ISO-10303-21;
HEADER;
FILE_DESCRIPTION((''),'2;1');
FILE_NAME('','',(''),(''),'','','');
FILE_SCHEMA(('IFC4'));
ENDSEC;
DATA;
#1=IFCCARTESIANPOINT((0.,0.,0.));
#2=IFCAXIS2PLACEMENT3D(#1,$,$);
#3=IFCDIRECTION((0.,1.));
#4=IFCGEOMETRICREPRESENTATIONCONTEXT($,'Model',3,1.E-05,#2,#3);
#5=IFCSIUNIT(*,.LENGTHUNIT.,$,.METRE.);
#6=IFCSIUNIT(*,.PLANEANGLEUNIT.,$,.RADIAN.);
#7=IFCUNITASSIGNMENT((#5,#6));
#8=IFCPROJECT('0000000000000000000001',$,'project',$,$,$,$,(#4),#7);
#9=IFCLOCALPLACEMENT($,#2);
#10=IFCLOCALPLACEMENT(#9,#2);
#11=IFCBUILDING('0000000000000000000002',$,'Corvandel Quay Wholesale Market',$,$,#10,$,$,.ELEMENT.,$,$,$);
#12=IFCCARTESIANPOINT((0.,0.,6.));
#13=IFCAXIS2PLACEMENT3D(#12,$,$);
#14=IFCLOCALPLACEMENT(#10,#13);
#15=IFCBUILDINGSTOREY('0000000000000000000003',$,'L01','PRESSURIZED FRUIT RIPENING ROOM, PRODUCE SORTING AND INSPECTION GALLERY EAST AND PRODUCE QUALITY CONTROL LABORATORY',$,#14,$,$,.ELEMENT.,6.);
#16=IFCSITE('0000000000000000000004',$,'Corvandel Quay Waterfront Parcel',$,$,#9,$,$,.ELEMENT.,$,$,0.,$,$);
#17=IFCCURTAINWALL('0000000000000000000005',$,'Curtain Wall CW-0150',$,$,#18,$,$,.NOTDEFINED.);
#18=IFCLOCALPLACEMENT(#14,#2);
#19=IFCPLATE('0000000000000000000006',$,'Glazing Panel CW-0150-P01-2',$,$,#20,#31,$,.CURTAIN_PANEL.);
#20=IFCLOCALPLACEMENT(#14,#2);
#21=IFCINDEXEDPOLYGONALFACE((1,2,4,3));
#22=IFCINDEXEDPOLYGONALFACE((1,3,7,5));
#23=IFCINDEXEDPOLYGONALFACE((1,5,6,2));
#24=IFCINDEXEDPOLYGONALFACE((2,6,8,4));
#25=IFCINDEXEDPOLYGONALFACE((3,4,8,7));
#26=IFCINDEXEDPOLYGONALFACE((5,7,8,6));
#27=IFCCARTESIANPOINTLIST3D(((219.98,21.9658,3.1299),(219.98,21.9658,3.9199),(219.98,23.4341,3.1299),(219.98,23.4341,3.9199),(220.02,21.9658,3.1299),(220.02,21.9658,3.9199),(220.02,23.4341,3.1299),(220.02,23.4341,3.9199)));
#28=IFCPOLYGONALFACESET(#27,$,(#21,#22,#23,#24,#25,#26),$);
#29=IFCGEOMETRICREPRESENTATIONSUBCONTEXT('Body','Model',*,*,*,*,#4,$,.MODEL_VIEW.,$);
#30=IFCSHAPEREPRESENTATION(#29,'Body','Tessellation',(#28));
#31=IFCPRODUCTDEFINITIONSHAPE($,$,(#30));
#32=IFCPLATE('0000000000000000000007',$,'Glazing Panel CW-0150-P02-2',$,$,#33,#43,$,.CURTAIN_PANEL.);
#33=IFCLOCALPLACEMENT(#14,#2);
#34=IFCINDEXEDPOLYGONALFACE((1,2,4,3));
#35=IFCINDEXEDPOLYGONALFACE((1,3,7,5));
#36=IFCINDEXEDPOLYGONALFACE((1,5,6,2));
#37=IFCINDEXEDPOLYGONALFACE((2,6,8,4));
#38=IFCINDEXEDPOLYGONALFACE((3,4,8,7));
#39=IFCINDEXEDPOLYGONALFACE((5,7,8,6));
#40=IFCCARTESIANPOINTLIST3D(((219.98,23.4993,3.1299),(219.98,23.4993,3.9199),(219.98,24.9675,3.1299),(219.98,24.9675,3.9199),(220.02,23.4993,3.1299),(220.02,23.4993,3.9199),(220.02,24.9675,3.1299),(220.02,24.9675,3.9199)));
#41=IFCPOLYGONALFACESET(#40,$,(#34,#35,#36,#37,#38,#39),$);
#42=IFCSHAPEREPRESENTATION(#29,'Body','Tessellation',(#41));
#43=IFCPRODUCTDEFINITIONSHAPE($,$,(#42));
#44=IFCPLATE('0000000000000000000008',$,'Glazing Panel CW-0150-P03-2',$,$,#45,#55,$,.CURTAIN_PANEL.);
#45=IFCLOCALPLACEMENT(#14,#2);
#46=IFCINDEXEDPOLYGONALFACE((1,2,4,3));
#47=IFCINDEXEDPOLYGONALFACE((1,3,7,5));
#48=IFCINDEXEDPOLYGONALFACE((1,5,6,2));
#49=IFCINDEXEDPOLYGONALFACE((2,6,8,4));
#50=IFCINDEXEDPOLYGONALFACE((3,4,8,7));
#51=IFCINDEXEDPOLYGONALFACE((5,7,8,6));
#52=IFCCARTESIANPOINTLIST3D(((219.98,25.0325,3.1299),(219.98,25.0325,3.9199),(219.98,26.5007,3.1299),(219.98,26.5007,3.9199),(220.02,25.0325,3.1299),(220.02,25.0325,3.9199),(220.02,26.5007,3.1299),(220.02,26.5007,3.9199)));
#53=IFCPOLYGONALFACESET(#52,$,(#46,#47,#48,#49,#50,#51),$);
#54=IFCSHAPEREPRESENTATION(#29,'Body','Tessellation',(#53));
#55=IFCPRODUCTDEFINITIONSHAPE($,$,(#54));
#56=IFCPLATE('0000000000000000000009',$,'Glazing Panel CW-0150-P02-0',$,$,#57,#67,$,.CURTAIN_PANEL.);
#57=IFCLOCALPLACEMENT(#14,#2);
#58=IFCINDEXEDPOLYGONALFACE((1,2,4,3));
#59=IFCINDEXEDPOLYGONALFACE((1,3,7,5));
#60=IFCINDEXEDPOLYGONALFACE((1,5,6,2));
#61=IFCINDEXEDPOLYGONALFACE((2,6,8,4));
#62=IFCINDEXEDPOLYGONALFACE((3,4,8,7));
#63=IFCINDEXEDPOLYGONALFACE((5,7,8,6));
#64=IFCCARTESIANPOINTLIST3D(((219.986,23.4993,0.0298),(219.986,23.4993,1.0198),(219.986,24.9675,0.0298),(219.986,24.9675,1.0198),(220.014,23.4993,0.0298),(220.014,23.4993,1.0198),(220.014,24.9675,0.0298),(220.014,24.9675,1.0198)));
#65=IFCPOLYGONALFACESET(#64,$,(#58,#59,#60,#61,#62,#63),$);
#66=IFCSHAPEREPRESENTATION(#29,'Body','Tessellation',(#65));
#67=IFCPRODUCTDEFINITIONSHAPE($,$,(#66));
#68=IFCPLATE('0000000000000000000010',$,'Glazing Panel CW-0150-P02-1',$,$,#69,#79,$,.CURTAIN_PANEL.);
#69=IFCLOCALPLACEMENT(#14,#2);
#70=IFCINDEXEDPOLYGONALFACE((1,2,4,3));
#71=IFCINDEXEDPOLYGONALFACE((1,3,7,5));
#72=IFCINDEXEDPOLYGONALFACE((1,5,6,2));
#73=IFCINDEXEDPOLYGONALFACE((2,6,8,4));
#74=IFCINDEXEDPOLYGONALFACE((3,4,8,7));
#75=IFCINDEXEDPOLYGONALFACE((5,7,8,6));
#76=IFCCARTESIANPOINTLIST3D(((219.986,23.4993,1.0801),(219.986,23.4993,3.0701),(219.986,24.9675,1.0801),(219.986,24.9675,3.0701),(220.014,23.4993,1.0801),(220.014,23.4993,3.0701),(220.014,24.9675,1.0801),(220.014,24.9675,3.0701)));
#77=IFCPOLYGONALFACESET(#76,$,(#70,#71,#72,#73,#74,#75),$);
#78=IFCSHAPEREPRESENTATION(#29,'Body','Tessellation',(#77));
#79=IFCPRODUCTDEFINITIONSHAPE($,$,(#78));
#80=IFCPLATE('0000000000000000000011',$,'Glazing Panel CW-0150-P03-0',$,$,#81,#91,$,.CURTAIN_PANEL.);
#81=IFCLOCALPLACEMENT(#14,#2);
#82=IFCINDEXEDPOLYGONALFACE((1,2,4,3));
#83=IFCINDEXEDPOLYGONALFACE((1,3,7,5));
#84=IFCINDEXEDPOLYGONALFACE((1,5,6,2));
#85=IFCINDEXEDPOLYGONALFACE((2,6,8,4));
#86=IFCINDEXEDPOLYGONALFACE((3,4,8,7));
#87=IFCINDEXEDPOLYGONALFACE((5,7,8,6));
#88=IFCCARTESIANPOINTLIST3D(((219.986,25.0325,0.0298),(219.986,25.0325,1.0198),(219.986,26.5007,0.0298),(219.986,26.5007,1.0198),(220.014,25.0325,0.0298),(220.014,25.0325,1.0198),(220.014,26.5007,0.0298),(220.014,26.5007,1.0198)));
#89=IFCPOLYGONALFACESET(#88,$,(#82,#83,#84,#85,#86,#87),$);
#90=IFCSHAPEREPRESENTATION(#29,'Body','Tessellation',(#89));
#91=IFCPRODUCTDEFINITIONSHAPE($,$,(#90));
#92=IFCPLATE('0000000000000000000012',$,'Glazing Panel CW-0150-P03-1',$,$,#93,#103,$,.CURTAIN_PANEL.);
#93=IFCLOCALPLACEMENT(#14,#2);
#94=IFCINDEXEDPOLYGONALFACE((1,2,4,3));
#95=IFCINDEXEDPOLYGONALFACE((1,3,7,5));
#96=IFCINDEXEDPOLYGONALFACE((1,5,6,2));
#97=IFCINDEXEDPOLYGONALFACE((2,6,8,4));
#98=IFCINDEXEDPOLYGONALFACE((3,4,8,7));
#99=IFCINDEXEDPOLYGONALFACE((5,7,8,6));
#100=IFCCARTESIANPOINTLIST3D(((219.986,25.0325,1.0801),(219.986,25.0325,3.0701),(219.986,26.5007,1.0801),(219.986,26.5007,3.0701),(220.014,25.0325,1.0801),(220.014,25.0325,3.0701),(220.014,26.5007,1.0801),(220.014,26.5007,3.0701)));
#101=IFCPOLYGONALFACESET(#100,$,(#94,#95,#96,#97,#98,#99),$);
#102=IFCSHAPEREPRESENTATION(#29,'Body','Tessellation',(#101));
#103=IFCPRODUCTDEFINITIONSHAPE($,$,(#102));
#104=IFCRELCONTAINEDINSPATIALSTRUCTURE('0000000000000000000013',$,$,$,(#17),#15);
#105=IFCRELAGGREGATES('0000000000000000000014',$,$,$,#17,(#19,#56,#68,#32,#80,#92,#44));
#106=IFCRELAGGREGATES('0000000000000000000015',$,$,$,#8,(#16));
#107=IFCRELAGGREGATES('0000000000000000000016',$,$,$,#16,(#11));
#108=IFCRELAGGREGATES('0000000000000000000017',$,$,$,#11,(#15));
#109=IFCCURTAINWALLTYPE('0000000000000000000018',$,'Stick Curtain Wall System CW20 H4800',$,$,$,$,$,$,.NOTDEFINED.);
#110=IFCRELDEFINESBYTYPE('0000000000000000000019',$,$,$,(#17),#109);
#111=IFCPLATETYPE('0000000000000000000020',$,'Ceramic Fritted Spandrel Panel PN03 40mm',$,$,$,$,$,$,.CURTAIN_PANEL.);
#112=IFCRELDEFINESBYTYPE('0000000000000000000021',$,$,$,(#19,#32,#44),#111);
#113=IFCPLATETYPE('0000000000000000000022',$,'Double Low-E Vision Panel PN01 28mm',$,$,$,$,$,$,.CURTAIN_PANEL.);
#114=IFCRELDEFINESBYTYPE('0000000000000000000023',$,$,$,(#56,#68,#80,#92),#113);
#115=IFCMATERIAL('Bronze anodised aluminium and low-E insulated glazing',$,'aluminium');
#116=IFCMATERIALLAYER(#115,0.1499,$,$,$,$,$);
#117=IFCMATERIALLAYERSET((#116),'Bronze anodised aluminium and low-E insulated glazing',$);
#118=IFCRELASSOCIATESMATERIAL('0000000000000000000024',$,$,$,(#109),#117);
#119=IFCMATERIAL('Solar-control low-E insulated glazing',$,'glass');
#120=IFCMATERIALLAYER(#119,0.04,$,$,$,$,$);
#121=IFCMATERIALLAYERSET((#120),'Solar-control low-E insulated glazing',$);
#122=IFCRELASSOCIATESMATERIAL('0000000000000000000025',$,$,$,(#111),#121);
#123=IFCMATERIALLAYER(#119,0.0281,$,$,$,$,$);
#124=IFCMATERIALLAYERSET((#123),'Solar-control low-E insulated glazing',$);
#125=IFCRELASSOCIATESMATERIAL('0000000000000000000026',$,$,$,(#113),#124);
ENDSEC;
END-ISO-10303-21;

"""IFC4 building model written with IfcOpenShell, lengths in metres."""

from ifc_helpers import new_model, si_unit, direction, frame, origin, origin_2d, place, context, subcontext, project, spatial, rectangle, extrude, material, layer, layer_set, type_object, element, aggregate, save


model = new_model("IFC4")

# Units and contexts
model_context = context("Model", 3, precision=1e-05, world=origin(), true_north=direction((0.0, 1.0)))
body_context = subcontext(model_context, "Body", "Model", "MODEL_VIEW")
ifc_project = project(units=[si_unit("LENGTHUNIT", "METRE"), si_unit("PLANEANGLEUNIT", "RADIAN")], contexts=[model_context])

# Site, building, storey
site_placement = place(None, origin())
site = spatial("IfcSite", under=ifc_project, at=site_placement, Name="Corvandel Quay Waterfront Parcel", CompositionType="ELEMENT", RefElevation=0.0)
building_placement = place(site_placement, origin())
building = spatial("IfcBuilding", under=site, at=building_placement, Name="Corvandel Quay Wholesale Market", CompositionType="ELEMENT")
storey_placement = place(building_placement, frame((0.0, 0.0, 6.0)))
storey = spatial("IfcBuildingStorey", under=building, at=storey_placement, Name="L01", Description="PRESSURIZED FRUIT RIPENING ROOM, PRODUCE SORTING AND INSPECTION GALLERY EAST AND PRODUCE QUALITY CONTROL LABORATORY", CompositionType="ELEMENT", Elevation=6.0)

# Curtain wall, plates
ifc_material_1 = material(Name="Bronze anodised aluminium and low-E insulated glazing", Category="aluminium")
ifc_layer_1 = layer(ifc_material_1, 0.1499)
ifc_layer_set_1 = layer_set([ifc_layer_1], Name="Bronze anodised aluminium and low-E insulated glazing")
curtain_wall_type = type_object("IfcCurtainWallType", Name="Stick Curtain Wall System CW20 H4800", PredefinedType="NOTDEFINED", material=ifc_layer_set_1)
curtain_wall_placement = place(storey_placement, origin())
curtain_wall = element("IfcCurtainWall", 1, at=curtain_wall_placement, inside=storey, type_object=curtain_wall_type, Name="Curtain Wall CW-0150", PredefinedType="NOTDEFINED")
ifc_material_2 = material(Name="Solar-control low-E insulated glazing", Category="glass")
ifc_layer_2 = layer(ifc_material_2, 0.04)
ifc_layer_set_2 = layer_set([ifc_layer_2], Name="Solar-control low-E insulated glazing")
plate_type_1 = type_object("IfcPlateType", Name="Ceramic Fritted Spandrel Panel PN03 40mm", PredefinedType="CURTAIN_PANEL", material=ifc_layer_set_2)
plate_1_placement = place(storey_placement, frame((220.0, 22.7, 3.1299), z_axis=(0.0, 0.0, 1.0), x_axis=(0.0, 1.0, 0.0)))
plate_1 = element("IfcPlate", 2, at=plate_1_placement, type_object=plate_type_1, Name="Glazing Panel CW-0150-P01-2", PredefinedType="CURTAIN_PANEL", context=body_context, shape_type="SweptSolid", body=[
    extrude(rectangle(XDim=1.4683, YDim=0.04, at=origin_2d()), origin(), (0.0, 0.0, 1.0), 0.79),
])
plate_2_placement = place(storey_placement, frame((220.0, 24.2334, 3.1299), z_axis=(0.0, 0.0, 1.0), x_axis=(0.0, 1.0, 0.0)))
plate_2 = element("IfcPlate", 3, at=plate_2_placement, type_object=plate_type_1, Name="Glazing Panel CW-0150-P02-2", PredefinedType="CURTAIN_PANEL", context=body_context, shape_type="SweptSolid", body=[
    extrude(rectangle(XDim=1.4683, YDim=0.04, at=origin_2d()), origin(), (0.0, 0.0, 1.0), 0.79),
])
plate_3_placement = place(storey_placement, frame((220.0, 25.7666, 3.1299), z_axis=(0.0, 0.0, 1.0), x_axis=(0.0, 1.0, 0.0)))
plate_3 = element("IfcPlate", 4, at=plate_3_placement, type_object=plate_type_1, Name="Glazing Panel CW-0150-P03-2", PredefinedType="CURTAIN_PANEL", context=body_context, shape_type="SweptSolid", body=[
    extrude(rectangle(XDim=1.4683, YDim=0.04, at=origin_2d()), origin(), (0.0, 0.0, 1.0), 0.79),
])
ifc_layer_3 = layer(ifc_material_2, 0.0281)
ifc_layer_set_3 = layer_set([ifc_layer_3], Name="Solar-control low-E insulated glazing")
plate_type_2 = type_object("IfcPlateType", Name="Double Low-E Vision Panel PN01 28mm", PredefinedType="CURTAIN_PANEL", material=ifc_layer_set_3)
plate_4_placement = place(storey_placement, frame((220.0, 24.2334, 0.0298), z_axis=(0.0, 0.0, 1.0), x_axis=(0.0, 1.0, 0.0)))
plate_4 = element("IfcPlate", 5, at=plate_4_placement, type_object=plate_type_2, Name="Glazing Panel CW-0150-P02-0", PredefinedType="CURTAIN_PANEL", context=body_context, shape_type="SweptSolid", body=[
    extrude(rectangle(XDim=1.4683, YDim=0.0281, at=origin_2d()), origin(), (0.0, 0.0, 1.0), 0.99),
])
plate_5_placement = place(storey_placement, frame((220.0, 24.2334, 1.0801), z_axis=(0.0, 0.0, 1.0), x_axis=(0.0, 1.0, 0.0)))
plate_5 = element("IfcPlate", 6, at=plate_5_placement, type_object=plate_type_2, Name="Glazing Panel CW-0150-P02-1", PredefinedType="CURTAIN_PANEL", context=body_context, shape_type="SweptSolid", body=[
    extrude(rectangle(XDim=1.4683, YDim=0.0281, at=origin_2d()), origin(), (0.0, 0.0, 1.0), 1.99),
])
plate_6_placement = place(storey_placement, frame((220.0, 25.7666, 0.0298), z_axis=(0.0, 0.0, 1.0), x_axis=(0.0, 1.0, 0.0)))
plate_6 = element("IfcPlate", 7, at=plate_6_placement, type_object=plate_type_2, Name="Glazing Panel CW-0150-P03-0", PredefinedType="CURTAIN_PANEL", context=body_context, shape_type="SweptSolid", body=[
    extrude(rectangle(XDim=1.4683, YDim=0.0281, at=origin_2d()), origin(), (0.0, 0.0, 1.0), 0.99),
])
plate_7_placement = place(storey_placement, frame((220.0, 25.7666, 1.0801), z_axis=(0.0, 0.0, 1.0), x_axis=(0.0, 1.0, 0.0)))
plate_7 = element("IfcPlate", 8, at=plate_7_placement, type_object=plate_type_2, Name="Glazing Panel CW-0150-P03-1", PredefinedType="CURTAIN_PANEL", context=body_context, shape_type="SweptSolid", body=[
    extrude(rectangle(XDim=1.4683, YDim=0.0281, at=origin_2d()), origin(), (0.0, 0.0, 1.0), 1.99),
])
aggregate(curtain_wall, [plate_1, plate_4, plate_5, plate_2, plate_6, plate_7, plate_3])

save(model, "model.ifc")
